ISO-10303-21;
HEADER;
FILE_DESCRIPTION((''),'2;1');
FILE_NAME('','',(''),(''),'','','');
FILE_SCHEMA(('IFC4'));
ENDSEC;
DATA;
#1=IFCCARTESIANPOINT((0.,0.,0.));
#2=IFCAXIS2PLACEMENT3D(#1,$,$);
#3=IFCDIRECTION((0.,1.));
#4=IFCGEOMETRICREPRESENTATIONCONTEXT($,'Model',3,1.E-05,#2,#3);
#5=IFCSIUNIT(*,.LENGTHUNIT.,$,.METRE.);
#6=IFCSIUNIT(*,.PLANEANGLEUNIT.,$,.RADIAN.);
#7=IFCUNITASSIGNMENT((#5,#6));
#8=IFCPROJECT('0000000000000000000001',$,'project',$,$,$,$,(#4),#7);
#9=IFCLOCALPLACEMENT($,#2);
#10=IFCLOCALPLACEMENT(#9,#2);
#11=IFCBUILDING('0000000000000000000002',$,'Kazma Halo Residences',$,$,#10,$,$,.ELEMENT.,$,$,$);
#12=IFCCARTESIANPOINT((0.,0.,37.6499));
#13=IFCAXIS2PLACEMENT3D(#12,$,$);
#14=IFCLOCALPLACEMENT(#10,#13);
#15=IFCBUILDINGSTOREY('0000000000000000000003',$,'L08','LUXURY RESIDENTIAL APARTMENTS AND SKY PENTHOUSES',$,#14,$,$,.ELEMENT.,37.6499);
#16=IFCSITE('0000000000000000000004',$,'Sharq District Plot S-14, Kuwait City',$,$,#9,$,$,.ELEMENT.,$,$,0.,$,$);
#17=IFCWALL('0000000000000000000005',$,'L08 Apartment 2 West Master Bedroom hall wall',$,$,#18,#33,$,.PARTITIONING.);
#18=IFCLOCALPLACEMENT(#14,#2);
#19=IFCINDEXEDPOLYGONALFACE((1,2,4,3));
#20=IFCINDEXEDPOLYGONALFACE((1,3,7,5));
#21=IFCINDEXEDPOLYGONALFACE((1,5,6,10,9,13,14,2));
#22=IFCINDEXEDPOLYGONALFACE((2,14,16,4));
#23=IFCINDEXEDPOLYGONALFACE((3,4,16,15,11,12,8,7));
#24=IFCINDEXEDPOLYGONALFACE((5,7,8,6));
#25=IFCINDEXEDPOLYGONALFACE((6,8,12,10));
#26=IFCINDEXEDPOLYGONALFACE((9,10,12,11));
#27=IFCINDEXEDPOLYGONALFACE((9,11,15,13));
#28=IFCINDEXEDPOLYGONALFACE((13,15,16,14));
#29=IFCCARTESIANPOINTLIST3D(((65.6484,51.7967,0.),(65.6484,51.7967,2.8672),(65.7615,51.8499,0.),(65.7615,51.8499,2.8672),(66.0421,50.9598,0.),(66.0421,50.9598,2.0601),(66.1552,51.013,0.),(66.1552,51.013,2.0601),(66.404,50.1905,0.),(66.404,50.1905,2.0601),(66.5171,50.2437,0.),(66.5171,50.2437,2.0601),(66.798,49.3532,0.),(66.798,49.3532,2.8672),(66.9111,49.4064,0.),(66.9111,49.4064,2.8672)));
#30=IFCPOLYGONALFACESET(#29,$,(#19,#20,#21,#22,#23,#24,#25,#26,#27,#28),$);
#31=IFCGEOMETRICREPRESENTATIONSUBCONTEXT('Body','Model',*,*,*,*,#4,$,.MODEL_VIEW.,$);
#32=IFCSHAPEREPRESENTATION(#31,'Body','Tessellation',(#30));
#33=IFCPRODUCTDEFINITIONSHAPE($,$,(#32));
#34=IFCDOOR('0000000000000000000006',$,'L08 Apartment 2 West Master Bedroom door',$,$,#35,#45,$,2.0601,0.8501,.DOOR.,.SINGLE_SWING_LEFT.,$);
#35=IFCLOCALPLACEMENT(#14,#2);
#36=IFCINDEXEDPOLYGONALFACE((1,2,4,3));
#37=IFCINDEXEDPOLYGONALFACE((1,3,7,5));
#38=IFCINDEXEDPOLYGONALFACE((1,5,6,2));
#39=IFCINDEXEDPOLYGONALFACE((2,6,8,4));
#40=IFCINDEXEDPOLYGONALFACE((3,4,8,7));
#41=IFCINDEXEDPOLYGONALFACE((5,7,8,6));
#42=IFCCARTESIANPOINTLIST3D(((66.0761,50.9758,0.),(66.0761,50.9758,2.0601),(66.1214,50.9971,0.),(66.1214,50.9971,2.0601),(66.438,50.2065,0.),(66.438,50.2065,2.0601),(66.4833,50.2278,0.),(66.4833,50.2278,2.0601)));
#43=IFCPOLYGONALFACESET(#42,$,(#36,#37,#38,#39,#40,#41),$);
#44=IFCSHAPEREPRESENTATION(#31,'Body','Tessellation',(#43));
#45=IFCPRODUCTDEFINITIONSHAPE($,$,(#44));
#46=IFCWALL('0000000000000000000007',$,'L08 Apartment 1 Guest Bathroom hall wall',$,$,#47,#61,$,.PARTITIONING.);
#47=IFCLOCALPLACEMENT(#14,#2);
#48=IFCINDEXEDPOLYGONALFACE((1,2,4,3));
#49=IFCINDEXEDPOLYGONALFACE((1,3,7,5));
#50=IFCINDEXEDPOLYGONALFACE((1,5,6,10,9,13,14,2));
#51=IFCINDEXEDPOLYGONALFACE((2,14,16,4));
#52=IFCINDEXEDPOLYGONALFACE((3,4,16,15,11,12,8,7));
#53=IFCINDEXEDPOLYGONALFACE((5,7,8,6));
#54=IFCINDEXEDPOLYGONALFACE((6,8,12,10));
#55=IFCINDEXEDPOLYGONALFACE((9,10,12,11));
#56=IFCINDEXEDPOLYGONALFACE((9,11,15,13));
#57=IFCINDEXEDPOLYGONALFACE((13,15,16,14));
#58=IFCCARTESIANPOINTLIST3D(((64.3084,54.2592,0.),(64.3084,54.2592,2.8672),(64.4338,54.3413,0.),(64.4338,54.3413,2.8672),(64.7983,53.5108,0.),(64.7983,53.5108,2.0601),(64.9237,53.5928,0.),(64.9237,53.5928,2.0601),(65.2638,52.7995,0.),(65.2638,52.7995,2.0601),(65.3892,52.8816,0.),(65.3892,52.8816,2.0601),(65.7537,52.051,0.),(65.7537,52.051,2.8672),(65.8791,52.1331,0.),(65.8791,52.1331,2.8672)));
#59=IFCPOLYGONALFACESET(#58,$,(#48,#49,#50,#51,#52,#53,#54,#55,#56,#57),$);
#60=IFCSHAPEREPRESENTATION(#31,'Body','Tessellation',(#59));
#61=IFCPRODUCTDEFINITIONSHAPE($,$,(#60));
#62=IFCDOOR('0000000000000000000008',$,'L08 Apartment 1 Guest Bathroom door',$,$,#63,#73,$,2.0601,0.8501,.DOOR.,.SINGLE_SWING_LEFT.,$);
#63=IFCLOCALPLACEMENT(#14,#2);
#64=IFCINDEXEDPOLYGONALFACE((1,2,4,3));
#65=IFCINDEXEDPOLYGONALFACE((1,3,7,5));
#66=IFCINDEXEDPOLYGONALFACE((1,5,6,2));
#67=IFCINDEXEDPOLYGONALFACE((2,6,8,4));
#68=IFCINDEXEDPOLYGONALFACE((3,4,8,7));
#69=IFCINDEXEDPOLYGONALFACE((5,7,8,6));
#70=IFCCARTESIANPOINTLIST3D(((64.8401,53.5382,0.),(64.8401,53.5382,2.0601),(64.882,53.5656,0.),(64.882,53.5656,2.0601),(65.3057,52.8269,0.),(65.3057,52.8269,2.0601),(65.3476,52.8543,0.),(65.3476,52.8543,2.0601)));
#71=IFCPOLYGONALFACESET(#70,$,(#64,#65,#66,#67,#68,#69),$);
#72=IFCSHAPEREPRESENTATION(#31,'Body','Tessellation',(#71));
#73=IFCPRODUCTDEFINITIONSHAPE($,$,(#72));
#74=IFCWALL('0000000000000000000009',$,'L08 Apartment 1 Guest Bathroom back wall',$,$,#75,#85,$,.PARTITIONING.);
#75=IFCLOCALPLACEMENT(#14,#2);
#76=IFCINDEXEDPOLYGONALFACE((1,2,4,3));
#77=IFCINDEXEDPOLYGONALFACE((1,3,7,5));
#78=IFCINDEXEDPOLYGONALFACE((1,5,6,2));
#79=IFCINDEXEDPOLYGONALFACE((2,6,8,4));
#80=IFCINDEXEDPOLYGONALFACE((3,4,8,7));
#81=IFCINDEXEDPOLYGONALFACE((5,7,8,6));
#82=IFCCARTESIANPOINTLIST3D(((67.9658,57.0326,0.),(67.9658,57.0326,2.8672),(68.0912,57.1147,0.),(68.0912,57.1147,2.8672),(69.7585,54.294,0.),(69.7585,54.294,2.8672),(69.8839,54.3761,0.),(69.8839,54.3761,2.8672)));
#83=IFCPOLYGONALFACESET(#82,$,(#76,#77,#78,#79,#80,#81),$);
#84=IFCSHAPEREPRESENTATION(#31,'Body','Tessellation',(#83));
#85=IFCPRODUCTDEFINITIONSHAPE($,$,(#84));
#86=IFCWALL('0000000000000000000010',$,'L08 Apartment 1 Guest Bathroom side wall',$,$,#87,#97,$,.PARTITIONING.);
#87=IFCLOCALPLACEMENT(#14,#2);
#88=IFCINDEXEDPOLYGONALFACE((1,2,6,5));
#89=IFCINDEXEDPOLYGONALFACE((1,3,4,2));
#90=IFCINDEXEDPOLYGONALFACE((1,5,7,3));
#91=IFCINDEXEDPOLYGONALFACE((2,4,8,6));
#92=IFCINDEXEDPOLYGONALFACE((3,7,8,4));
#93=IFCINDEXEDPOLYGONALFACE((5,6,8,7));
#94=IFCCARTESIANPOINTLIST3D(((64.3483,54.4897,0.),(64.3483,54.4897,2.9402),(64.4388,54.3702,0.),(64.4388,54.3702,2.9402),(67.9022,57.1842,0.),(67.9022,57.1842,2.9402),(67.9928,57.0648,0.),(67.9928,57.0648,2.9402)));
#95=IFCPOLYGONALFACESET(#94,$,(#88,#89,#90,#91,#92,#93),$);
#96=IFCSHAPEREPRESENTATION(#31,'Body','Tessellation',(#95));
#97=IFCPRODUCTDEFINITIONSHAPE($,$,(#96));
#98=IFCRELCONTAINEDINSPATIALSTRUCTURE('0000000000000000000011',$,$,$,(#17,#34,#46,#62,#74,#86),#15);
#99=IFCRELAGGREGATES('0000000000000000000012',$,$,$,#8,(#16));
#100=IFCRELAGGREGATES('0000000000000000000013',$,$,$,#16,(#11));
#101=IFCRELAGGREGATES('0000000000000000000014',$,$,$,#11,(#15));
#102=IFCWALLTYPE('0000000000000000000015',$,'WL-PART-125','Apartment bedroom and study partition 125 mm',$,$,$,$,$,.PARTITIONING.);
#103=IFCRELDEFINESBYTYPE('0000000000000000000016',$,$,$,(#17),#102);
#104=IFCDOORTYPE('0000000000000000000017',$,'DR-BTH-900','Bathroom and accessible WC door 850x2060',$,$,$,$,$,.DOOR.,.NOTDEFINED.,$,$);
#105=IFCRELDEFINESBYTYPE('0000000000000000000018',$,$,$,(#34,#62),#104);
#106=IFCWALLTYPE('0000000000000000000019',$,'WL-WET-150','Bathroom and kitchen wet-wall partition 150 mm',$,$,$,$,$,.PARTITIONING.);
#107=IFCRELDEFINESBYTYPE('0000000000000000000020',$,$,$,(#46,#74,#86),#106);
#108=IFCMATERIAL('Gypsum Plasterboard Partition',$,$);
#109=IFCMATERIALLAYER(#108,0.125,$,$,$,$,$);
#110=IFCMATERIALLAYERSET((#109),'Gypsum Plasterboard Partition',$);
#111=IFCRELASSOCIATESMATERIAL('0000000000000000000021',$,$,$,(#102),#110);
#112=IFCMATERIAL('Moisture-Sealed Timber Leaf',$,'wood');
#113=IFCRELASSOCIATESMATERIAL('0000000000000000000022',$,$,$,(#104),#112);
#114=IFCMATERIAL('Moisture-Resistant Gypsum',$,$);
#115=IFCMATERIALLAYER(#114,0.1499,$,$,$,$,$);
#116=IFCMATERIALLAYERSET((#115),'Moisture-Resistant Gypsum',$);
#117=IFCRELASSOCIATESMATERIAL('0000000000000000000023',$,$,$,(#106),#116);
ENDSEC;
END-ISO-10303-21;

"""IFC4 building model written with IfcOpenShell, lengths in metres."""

from ifc_helpers import new_model, si_unit, direction, frame, frame_2d, origin, place, context, subcontext, project, spatial, rectangle, extrude, material, layer, layer_set, type_object, element, fill, save


model = new_model("IFC4")

# Units and contexts
model_context = context("Model", 3, precision=1e-05, world=origin(), true_north=direction((0.0, 1.0)))
body_context = subcontext(model_context, "Body", "Model", "MODEL_VIEW")
ifc_project = project(units=[si_unit("LENGTHUNIT", "METRE"), si_unit("PLANEANGLEUNIT", "RADIAN")], contexts=[model_context])

# Site, building, storey
site_placement = place(None, origin())
site = spatial("IfcSite", under=ifc_project, at=site_placement, Name="Sharq District Plot S-14, Kuwait City", CompositionType="ELEMENT", RefElevation=0.0)
building_placement = place(site_placement, origin())
building = spatial("IfcBuilding", under=site, at=building_placement, Name="Kazma Halo Residences", CompositionType="ELEMENT")
storey_placement = place(building_placement, frame((0.0, 0.0, 37.6499)))
storey = spatial("IfcBuildingStorey", under=building, at=storey_placement, Name="L08", Description="LUXURY RESIDENTIAL APARTMENTS AND SKY PENTHOUSES", CompositionType="ELEMENT", Elevation=37.6499)

# Shared definitions
ifc_material_1 = material(Name="Gypsum Plasterboard Partition")
ifc_layer_1 = layer(ifc_material_1, 0.125)
ifc_layer_set_1 = layer_set([ifc_layer_1], Name="Gypsum Plasterboard Partition")
wall_type_1 = type_object("IfcWallType", Name="WL-PART-125", Description="Apartment bedroom and study partition 125 mm", PredefinedType="PARTITIONING", material=ifc_layer_set_1)
ifc_material_2 = material(Name="Moisture-Sealed Timber Leaf", Category="wood")
door_type = type_object("IfcDoorType", Name="DR-BTH-900", Description="Bathroom and accessible WC door 850x2060", OperationType="NOTDEFINED", PredefinedType="DOOR", material=ifc_material_2)

# Walls, openings, doors
wall_1_placement = place(storey_placement, frame((66.8545, 49.3799, 0.0), z_axis=(0.0, 0.0, 1.0), x_axis=(-0.425714, 0.904858, 0.0)))
wall_1 = element("IfcWall", 1, at=wall_1_placement, inside=storey, type_object=wall_type_1, Name="L08 Apartment 2 West Master Bedroom hall wall", PredefinedType="PARTITIONING", context=body_context, shape_type="SweptSolid", body=[
    extrude(rectangle(XDim=2.7004, YDim=0.125, at=frame_2d((1.3501, 0.0))), origin(), (0.0, 0.0, 1.0), 2.8672),
])
opening_1_placement = place(wall_1_placement, frame((0.9253, 0.0, 0.0)))
opening_1 = element("IfcOpeningElement", 2, at=opening_1_placement, cuts=wall_1, PredefinedType="OPENING", context=body_context, shape_type="SweptSolid", body=[
    extrude(rectangle(XDim=0.8501, YDim=2.0601, at=frame_2d((0.425, 1.03))), frame((0.0, 0.0725, 0.0), z_axis=(0.0, -1.0, 0.0), x_axis=(1.0, 0.0, 0.0)), (0.0, 0.0, 1.0), 0.145),
])
door_1_placement = place(opening_1_placement, origin())
door_1 = element("IfcDoor", 3, at=door_1_placement, inside=storey, type_object=door_type, Name="L08 Apartment 2 West Master Bedroom door", OperationType="SINGLE_SWING_LEFT", OverallHeight=2.0601, OverallWidth=0.8501, PredefinedType="DOOR", context=body_context, shape_type="SweptSolid", body=[
    extrude(rectangle(XDim=0.8501, YDim=2.0601, at=frame_2d((0.425, 1.03))), frame((0.0, 0.0249, 0.0), z_axis=(0.0, -1.0, 0.0), x_axis=(1.0, 0.0, 0.0)), (0.0, 0.0, 1.0), 0.05),
])
fill(opening_1, door_1)
ifc_material_3 = material(Name="Moisture-Resistant Gypsum")
ifc_layer_2 = layer(ifc_material_3, 0.1499)
ifc_layer_set_2 = layer_set([ifc_layer_2], Name="Moisture-Resistant Gypsum")
wall_type_2 = type_object("IfcWallType", Name="WL-WET-150", Description="Bathroom and kitchen wet-wall partition 150 mm", PredefinedType="PARTITIONING", material=ifc_layer_set_2)
wall_2_placement = place(storey_placement, frame((65.8164, 52.092, 0.0), z_axis=(0.0, 0.0, 1.0), x_axis=(-0.547636, 0.836717, 0.0)))
wall_2 = element("IfcWall", 4, at=wall_2_placement, inside=storey, type_object=wall_type_2, Name="L08 Apartment 1 Guest Bathroom hall wall", PredefinedType="PARTITIONING", context=body_context, shape_type="SweptSolid", body=[
    extrude(rectangle(XDim=2.6392, YDim=0.1499, at=frame_2d((1.3196, 0.0))), origin(), (0.0, 0.0, 1.0), 2.8672),
])
opening_2_placement = place(wall_2_placement, frame((0.8945, 0.0, 0.0)))
opening_2 = element("IfcOpeningElement", 5, at=opening_2_placement, cuts=wall_2, PredefinedType="OPENING", context=body_context, shape_type="SweptSolid", body=[
    extrude(rectangle(XDim=0.8501, YDim=2.0601, at=frame_2d((0.425, 1.03))), frame((0.0, 0.085, 0.0), z_axis=(0.0, -1.0, 0.0), x_axis=(1.0, 0.0, 0.0)), (0.0, 0.0, 1.0), 0.1699),
])
door_2_placement = place(opening_2_placement, origin())
door_2 = element("IfcDoor", 6, at=door_2_placement, inside=storey, type_object=door_type, Name="L08 Apartment 1 Guest Bathroom door", OperationType="SINGLE_SWING_LEFT", OverallHeight=2.0601, OverallWidth=0.8501, PredefinedType="DOOR", context=body_context, shape_type="SweptSolid", body=[
    extrude(rectangle(XDim=0.8501, YDim=2.0601, at=frame_2d((0.425, 1.03))), frame((0.0, 0.0249, 0.0), z_axis=(0.0, -1.0, 0.0), x_axis=(1.0, 0.0, 0.0)), (0.0, 0.0, 1.0), 0.05),
])
fill(opening_2, door_2)

# Walls
wall_3_placement = place(storey_placement, frame((69.8213, 54.335, 0.0), z_axis=(0.0, 0.0, 1.0), x_axis=(-0.547709, 0.836669, 0.0)))
element("IfcWall", 7, at=wall_3_placement, inside=storey, type_object=wall_type_2, Name="L08 Apartment 1 Guest Bathroom back wall", PredefinedType="PARTITIONING", context=body_context, shape_type="SweptSolid", body=[
    extrude(rectangle(XDim=3.2732, YDim=0.1499, at=frame_2d((1.6367, 0.0))), origin(), (0.0, 0.0, 1.0), 2.8672),
])
wall_4_placement = place(storey_placement, frame((64.3936, 54.4299, 0.0), z_axis=(0.0, 0.0, 1.0), x_axis=(0.796856, 0.60417, 0.0)))
element("IfcWall", 8, at=wall_4_placement, inside=storey, type_object=wall_type_2, Name="L08 Apartment 1 Guest Bathroom side wall", PredefinedType="PARTITIONING", context=body_context, shape_type="SweptSolid", body=[
    extrude(rectangle(XDim=4.46, YDim=0.1499, at=frame_2d((2.23, 0.0))), origin(), (0.0, 0.0, 1.0), 2.9402),
])

save(model, "model.ifc")
